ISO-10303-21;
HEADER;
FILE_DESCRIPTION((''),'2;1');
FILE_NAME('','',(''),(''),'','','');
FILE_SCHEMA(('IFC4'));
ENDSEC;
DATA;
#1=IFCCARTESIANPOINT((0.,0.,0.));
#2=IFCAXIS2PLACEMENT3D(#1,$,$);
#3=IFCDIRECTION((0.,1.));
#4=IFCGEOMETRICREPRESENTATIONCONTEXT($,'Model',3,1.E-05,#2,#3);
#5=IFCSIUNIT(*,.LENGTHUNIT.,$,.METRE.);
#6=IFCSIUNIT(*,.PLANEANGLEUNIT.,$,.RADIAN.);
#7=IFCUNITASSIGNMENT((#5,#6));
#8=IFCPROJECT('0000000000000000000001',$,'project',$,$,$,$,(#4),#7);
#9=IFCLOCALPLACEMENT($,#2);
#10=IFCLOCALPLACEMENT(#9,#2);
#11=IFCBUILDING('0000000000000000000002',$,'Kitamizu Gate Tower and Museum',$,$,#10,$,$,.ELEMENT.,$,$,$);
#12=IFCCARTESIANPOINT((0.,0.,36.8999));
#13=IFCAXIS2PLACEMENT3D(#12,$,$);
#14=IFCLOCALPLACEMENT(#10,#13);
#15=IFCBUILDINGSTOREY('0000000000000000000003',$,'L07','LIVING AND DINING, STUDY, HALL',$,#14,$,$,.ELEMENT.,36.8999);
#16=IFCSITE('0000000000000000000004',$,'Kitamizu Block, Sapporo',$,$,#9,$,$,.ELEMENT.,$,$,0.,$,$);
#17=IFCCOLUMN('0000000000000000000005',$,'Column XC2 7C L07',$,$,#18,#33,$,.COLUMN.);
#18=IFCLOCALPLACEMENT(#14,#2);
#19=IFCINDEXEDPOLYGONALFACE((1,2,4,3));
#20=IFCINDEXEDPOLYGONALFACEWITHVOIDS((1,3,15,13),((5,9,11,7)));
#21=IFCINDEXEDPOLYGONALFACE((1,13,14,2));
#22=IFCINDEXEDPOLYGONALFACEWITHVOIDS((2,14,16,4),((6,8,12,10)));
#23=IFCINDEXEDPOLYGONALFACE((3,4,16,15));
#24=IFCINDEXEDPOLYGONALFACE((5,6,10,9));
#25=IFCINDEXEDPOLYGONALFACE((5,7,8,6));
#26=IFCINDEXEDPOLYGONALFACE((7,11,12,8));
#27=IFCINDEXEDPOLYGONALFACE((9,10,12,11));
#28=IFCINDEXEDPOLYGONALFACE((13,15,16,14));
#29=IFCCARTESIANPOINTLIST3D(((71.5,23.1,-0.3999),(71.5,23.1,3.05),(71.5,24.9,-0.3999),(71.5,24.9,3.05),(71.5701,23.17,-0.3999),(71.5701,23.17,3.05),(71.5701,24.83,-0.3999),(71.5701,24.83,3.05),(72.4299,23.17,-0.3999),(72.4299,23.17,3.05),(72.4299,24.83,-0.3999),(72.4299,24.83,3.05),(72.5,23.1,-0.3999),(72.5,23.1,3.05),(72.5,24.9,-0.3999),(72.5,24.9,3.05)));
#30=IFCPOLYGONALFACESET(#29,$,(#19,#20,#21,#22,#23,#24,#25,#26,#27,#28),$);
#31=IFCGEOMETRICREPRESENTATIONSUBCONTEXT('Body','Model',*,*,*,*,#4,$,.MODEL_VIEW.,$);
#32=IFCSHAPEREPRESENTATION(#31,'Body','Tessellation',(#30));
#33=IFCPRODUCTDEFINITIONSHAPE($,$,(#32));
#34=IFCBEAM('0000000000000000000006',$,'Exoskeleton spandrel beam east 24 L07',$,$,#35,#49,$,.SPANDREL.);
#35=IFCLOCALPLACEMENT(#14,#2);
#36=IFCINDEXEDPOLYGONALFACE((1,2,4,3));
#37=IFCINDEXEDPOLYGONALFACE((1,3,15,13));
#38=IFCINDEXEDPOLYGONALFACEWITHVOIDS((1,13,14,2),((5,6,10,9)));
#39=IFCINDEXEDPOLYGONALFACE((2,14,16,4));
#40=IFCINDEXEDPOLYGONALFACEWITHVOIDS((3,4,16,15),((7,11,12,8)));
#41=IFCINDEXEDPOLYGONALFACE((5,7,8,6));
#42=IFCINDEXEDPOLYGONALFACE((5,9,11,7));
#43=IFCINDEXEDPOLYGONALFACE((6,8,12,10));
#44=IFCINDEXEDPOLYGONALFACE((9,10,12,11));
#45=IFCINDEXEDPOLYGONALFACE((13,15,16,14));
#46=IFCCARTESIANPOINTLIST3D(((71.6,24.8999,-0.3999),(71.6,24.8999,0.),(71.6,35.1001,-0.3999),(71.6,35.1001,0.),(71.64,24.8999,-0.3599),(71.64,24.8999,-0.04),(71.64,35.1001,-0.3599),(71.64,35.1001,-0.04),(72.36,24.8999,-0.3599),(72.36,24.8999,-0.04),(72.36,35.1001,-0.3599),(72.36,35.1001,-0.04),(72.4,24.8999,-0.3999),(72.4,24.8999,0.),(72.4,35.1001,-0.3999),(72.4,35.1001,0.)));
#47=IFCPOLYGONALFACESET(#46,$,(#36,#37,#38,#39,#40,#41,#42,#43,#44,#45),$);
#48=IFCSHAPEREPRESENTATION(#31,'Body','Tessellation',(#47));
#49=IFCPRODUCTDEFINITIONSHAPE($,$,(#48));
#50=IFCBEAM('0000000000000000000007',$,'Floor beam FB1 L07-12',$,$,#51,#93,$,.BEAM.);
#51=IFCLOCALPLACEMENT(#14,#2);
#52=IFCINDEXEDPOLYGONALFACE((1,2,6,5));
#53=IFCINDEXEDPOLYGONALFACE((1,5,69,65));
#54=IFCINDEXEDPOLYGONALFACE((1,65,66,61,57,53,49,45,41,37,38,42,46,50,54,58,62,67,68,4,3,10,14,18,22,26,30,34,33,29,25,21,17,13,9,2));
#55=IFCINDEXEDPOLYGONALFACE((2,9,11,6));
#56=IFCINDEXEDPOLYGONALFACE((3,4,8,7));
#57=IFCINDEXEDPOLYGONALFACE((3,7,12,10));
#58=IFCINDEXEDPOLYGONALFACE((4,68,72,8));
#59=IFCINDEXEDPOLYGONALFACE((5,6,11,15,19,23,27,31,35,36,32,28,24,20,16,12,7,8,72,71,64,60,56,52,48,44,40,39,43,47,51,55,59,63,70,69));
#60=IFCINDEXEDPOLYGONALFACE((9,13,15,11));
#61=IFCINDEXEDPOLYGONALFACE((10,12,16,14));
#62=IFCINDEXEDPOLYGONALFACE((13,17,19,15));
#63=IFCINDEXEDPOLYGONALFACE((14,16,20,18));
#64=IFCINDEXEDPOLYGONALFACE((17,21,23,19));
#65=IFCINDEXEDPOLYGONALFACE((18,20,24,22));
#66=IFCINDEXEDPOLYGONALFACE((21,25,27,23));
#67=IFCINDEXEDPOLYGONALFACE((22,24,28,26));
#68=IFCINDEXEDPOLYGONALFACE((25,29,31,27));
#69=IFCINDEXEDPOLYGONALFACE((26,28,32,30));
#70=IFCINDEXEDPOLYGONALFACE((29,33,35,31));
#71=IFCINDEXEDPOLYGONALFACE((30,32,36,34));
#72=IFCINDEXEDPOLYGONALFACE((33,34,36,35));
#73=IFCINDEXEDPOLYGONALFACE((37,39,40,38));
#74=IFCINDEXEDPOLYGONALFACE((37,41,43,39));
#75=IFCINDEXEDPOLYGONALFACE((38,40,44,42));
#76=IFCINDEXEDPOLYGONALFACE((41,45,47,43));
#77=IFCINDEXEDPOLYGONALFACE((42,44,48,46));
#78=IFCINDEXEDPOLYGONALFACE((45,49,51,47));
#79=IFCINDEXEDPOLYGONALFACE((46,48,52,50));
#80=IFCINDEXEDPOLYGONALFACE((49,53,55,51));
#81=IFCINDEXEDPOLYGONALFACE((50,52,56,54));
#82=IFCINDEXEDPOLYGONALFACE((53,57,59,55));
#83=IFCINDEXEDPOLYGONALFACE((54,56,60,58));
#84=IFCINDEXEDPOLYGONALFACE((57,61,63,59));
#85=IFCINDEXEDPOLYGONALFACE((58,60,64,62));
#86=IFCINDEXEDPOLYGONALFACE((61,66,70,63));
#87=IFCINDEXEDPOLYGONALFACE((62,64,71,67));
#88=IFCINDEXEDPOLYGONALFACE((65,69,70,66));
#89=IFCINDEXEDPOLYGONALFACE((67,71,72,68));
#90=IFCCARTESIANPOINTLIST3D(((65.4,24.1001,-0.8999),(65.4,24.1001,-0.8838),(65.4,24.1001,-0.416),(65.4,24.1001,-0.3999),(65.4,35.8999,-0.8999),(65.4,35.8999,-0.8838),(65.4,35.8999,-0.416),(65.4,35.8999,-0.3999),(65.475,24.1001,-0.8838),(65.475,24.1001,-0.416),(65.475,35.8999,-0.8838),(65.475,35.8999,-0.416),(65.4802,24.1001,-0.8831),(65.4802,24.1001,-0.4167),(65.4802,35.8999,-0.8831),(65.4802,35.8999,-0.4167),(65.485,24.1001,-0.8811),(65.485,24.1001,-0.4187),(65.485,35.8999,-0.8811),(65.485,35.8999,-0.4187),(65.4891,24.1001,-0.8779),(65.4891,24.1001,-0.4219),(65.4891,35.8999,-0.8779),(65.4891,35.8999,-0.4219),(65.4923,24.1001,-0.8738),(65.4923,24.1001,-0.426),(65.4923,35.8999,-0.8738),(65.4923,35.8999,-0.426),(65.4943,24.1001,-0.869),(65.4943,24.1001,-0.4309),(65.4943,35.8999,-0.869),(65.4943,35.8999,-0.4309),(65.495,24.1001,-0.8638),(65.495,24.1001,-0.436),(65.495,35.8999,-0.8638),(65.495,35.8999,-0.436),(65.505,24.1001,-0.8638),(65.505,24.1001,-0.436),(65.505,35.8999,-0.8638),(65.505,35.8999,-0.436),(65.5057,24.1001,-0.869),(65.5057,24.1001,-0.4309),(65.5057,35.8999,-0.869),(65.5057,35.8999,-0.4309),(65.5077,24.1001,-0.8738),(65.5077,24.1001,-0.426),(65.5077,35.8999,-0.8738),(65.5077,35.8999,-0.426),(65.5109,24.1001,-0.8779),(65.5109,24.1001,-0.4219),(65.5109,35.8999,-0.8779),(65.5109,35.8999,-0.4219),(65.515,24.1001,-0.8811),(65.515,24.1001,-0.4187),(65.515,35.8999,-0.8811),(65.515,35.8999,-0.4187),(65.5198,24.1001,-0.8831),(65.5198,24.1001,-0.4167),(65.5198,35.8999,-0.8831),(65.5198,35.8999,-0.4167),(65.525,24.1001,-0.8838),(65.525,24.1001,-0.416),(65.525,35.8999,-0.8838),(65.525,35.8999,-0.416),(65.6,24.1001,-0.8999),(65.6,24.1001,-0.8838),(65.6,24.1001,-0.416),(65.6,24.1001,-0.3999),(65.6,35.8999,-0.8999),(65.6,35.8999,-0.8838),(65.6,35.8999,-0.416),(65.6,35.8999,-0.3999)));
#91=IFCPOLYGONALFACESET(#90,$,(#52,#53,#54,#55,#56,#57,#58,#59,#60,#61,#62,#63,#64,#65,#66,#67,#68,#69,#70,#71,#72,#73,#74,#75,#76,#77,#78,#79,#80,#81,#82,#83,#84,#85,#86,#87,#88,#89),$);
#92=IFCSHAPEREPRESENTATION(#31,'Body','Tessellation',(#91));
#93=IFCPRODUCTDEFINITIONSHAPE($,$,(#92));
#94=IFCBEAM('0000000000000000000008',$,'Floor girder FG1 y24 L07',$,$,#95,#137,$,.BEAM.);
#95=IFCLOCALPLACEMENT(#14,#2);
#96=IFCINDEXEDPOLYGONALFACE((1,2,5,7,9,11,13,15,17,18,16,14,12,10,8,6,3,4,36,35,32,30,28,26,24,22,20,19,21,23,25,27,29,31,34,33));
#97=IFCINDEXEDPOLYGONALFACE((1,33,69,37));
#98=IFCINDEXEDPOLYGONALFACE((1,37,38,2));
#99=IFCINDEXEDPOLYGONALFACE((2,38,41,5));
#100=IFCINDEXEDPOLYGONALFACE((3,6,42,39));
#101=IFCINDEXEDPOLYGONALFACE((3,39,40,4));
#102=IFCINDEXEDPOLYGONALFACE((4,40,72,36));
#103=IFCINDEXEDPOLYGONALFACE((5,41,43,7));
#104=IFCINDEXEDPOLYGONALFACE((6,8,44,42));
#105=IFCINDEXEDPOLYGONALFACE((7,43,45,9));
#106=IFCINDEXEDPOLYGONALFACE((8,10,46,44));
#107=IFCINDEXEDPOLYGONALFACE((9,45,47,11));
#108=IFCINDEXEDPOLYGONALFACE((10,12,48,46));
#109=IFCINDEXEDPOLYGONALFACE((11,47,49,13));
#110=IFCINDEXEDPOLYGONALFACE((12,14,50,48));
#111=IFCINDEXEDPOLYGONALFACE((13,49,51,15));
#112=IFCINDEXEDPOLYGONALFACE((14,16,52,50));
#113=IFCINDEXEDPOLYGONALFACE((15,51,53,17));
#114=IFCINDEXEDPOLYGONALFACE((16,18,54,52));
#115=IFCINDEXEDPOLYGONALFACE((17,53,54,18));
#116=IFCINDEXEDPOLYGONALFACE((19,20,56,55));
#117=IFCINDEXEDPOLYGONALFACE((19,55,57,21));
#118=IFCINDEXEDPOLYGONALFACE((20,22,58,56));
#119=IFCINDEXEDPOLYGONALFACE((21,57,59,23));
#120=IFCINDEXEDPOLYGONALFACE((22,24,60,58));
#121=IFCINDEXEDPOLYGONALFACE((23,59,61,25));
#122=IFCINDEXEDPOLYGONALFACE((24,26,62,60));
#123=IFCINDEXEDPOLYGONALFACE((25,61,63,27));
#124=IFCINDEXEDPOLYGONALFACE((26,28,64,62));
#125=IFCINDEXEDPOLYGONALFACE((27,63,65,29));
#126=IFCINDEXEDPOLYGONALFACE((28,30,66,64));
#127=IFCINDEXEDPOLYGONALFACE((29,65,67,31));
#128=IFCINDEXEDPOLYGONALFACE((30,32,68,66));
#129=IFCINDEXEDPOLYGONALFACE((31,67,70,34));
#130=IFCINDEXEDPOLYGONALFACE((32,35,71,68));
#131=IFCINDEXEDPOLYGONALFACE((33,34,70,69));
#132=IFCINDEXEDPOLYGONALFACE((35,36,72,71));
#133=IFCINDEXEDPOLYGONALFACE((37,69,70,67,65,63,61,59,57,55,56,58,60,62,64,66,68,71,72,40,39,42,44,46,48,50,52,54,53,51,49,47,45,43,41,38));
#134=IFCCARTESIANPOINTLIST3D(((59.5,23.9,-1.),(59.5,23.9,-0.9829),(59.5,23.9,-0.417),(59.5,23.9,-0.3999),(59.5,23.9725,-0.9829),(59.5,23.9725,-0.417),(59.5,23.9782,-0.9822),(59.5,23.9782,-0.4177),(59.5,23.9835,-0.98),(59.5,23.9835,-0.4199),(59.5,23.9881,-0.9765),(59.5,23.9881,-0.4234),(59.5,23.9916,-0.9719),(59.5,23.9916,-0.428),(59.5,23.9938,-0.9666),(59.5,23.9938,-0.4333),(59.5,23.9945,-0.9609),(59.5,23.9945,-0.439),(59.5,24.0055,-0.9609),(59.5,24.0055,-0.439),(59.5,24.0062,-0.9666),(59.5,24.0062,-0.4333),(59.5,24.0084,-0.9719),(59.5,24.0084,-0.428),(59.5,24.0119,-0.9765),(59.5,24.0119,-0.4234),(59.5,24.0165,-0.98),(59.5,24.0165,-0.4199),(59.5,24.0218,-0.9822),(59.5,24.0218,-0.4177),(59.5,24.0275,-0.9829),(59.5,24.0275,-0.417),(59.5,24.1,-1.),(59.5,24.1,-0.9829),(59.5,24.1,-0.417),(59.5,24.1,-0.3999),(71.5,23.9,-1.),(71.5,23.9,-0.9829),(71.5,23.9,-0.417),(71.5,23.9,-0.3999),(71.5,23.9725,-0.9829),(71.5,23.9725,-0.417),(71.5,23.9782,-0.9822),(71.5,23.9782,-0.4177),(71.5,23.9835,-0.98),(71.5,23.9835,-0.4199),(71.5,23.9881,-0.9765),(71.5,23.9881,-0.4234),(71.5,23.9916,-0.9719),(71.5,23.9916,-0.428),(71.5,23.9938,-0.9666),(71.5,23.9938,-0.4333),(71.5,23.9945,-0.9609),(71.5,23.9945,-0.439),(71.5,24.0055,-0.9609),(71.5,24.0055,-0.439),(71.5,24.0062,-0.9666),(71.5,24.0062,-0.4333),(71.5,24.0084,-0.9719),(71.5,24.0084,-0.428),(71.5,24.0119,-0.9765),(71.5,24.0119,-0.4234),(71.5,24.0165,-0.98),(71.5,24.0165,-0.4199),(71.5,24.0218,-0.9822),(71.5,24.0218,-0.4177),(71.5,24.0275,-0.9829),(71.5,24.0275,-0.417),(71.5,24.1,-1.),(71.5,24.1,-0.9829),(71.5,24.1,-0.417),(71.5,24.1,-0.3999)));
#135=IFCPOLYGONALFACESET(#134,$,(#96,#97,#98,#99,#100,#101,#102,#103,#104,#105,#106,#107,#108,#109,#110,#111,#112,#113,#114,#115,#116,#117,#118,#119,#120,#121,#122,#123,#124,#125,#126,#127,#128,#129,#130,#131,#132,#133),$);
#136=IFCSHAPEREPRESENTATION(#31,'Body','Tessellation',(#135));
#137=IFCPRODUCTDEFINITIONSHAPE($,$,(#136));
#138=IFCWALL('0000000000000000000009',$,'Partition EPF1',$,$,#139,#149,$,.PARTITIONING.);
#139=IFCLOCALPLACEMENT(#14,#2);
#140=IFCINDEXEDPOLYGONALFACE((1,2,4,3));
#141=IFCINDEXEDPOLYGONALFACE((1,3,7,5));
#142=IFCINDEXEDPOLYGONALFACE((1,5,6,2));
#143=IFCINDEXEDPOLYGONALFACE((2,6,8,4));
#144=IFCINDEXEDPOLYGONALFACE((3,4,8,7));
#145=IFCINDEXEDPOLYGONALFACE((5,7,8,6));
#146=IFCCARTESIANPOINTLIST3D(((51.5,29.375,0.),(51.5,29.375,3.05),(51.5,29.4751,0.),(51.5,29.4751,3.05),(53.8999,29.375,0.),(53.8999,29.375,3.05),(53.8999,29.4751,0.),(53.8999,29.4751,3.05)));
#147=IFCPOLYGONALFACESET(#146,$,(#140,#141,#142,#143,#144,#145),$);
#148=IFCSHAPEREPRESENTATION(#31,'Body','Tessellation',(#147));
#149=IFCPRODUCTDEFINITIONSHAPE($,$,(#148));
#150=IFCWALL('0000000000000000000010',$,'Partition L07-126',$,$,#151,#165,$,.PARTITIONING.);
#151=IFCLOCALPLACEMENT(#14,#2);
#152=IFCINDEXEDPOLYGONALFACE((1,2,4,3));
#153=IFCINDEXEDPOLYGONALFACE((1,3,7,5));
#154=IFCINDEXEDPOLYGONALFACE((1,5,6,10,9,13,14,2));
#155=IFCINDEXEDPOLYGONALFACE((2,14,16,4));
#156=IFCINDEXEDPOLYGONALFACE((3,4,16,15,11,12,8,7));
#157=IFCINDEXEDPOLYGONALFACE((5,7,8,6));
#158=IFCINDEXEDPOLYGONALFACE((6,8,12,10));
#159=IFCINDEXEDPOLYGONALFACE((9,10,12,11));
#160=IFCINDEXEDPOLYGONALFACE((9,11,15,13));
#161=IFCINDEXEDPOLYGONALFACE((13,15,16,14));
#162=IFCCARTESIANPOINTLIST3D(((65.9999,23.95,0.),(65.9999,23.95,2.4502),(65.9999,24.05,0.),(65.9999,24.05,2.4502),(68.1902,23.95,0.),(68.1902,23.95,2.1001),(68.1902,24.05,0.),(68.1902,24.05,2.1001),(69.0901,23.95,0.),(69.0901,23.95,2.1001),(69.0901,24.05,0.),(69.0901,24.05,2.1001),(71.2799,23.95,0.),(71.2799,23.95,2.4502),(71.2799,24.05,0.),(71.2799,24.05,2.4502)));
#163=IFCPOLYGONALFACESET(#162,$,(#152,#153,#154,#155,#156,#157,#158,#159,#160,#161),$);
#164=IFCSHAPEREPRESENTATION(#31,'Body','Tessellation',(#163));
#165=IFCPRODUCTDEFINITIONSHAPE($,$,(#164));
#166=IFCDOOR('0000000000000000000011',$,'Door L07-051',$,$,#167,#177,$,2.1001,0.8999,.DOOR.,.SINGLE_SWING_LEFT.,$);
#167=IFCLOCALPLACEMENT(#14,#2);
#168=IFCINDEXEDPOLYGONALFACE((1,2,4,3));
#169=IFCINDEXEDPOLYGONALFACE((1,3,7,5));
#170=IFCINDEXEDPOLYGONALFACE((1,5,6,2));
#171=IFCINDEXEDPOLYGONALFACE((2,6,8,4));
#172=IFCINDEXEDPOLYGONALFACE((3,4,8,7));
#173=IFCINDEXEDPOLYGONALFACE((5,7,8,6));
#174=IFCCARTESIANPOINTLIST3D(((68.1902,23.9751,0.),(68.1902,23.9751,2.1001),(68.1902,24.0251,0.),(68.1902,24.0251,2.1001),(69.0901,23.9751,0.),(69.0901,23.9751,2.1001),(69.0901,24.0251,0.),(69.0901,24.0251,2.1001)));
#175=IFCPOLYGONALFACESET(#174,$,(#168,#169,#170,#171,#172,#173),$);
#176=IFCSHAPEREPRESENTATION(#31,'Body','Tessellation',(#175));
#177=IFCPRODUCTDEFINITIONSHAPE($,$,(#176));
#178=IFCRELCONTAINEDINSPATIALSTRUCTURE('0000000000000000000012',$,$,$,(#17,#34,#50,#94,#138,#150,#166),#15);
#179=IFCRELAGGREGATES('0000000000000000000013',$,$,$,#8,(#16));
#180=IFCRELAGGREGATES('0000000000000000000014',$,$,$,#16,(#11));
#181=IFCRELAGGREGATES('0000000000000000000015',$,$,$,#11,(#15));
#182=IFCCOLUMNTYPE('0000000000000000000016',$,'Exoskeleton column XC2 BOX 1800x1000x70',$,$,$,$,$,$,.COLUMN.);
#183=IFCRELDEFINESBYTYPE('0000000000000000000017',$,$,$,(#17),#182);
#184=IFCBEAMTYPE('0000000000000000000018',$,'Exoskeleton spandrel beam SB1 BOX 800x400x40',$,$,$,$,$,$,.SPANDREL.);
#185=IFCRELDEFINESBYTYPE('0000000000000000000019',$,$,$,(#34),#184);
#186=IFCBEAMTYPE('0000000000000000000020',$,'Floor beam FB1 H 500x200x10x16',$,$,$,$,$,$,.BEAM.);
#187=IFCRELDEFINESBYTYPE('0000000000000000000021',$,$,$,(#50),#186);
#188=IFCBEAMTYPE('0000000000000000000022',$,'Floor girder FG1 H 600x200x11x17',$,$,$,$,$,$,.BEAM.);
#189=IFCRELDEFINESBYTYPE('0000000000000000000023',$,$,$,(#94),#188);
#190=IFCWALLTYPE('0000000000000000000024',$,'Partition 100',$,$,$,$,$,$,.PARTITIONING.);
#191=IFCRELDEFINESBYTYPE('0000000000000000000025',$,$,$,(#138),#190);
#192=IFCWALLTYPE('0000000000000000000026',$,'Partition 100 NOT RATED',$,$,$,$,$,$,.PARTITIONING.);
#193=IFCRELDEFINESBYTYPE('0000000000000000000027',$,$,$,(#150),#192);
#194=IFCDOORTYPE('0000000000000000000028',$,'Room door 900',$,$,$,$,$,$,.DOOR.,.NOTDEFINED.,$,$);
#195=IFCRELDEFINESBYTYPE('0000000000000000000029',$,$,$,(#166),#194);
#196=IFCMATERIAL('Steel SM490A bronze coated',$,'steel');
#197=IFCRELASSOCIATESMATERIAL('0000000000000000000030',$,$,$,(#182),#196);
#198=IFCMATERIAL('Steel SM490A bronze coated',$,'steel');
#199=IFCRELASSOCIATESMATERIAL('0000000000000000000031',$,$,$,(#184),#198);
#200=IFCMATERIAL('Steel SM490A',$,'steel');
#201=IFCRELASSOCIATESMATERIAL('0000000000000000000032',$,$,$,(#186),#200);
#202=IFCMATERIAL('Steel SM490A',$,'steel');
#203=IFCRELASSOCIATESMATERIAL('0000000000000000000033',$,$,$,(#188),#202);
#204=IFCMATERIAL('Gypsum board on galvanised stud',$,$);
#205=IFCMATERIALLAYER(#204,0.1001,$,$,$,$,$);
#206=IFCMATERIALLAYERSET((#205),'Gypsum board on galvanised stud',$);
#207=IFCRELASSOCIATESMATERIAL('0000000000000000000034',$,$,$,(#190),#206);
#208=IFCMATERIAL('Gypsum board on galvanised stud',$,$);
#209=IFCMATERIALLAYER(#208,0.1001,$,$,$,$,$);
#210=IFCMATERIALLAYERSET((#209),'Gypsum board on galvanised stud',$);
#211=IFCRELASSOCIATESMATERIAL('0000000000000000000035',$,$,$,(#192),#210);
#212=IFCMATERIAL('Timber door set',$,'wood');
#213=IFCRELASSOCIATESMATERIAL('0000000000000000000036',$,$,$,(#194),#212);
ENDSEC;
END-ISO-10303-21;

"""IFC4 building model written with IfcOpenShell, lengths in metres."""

from ifc_helpers import new_model, si_unit, direction, frame, frame_2d, origin, origin_2d, place, context, subcontext, project, spatial, rectangle, hollow_rectangle, i_section, extrude, material, layer, layer_set, material_profile, profile_set, type_object, element, fill, save


model = new_model("IFC4")

# Units and contexts
model_context = context("Model", 3, precision=1e-05, world=origin(), true_north=direction((0.0, 1.0)))
body_context = subcontext(model_context, "Body", "Model", "MODEL_VIEW")
ifc_project = project(units=[si_unit("LENGTHUNIT", "METRE"), si_unit("PLANEANGLEUNIT", "RADIAN")], contexts=[model_context])

# Site, building, storey
site_placement = place(None, origin())
site = spatial("IfcSite", under=ifc_project, at=site_placement, Name="Kitamizu Block, Sapporo", CompositionType="ELEMENT", RefElevation=0.0)
building_placement = place(site_placement, origin())
building = spatial("IfcBuilding", under=site, at=building_placement, Name="Kitamizu Gate Tower and Museum", CompositionType="ELEMENT")
storey_placement = place(building_placement, frame((0.0, 0.0, 36.8999)))
storey = spatial("IfcBuildingStorey", under=building, at=storey_placement, Name="L07", Description="LIVING AND DINING, STUDY, HALL", CompositionType="ELEMENT", Elevation=36.8999)

# Column
ifc_material_1 = material(Name="Steel SM490A bronze coated", Category="steel")
ifc_material_profile_1 = material_profile(ifc_material_1, hollow_rectangle(XDim=1.8, YDim=1.0, WallThickness=0.0701, at=origin_2d()), Name="BOX 1800x1000x70")
ifc_profile_set_1 = profile_set([ifc_material_profile_1], Name="Steel SM490A bronze coated")
column_type = type_object("IfcColumnType", Name="Exoskeleton column XC2 BOX 1800x1000x70", PredefinedType="COLUMN", material=ifc_profile_set_1)
column_placement = place(storey_placement, frame((72.0, 24.0, -0.3999), z_axis=(0.0, 0.0, 1.0), x_axis=(0.0, 1.0, 0.0)))
element("IfcColumn", 1, at=column_placement, inside=storey, type_object=column_type, Name="Column XC2 7C L07", PredefinedType="COLUMN", context=body_context, shape_type="SweptSolid", body=[
    extrude(hollow_rectangle(XDim=1.8, YDim=1.0, WallThickness=0.0701, at=origin_2d()), origin(), (0.0, 0.0, 1.0), 3.45),
])

# Beams
ifc_material_2 = material(Name="Steel SM490A bronze coated", Category="steel")
ifc_material_profile_2 = material_profile(ifc_material_2, hollow_rectangle(XDim=0.8, YDim=0.3999, WallThickness=0.04, at=origin_2d()), Name="BOX 800x400x40")
ifc_profile_set_2 = profile_set([ifc_material_profile_2], Name="Steel SM490A bronze coated")
beam_type_1 = type_object("IfcBeamType", Name="Exoskeleton spandrel beam SB1 BOX 800x400x40", PredefinedType="SPANDREL", material=ifc_profile_set_2)
beam_1_placement = place(storey_placement, frame((72.0, 24.8999, -0.2), z_axis=(0.0, 1.0, 0.0), x_axis=(-1.0, 0.0, 0.0)))
element("IfcBeam", 2, at=beam_1_placement, inside=storey, type_object=beam_type_1, Name="Exoskeleton spandrel beam east 24 L07", PredefinedType="SPANDREL", context=body_context, shape_type="SweptSolid", body=[
    extrude(hollow_rectangle(XDim=0.8, YDim=0.3999, WallThickness=0.04, at=origin_2d()), origin(), (0.0, 0.0, 1.0), 10.2002),
])
ifc_material_3 = material(Name="Steel SM490A", Category="steel")
ifc_material_profile_3 = material_profile(ifc_material_3, i_section(OverallWidth=0.2, OverallDepth=0.5, WebThickness=0.01, FlangeThickness=0.0161, FilletRadius=0.02, at=origin_2d()), Name="H-500x200x10x16")
ifc_profile_set_3 = profile_set([ifc_material_profile_3], Name="Steel SM490A")
beam_type_2 = type_object("IfcBeamType", Name="Floor beam FB1 H 500x200x10x16", PredefinedType="BEAM", material=ifc_profile_set_3)
beam_2_placement = place(storey_placement, frame((65.5, 24.1001, -0.6499), z_axis=(0.0, 1.0, 0.0), x_axis=(-1.0, 0.0, 0.0)))
element("IfcBeam", 3, at=beam_2_placement, inside=storey, type_object=beam_type_2, Name="Floor beam FB1 L07-12", PredefinedType="BEAM", context=body_context, shape_type="SweptSolid", body=[
    extrude(i_section(OverallWidth=0.2, OverallDepth=0.5, WebThickness=0.01, FlangeThickness=0.0161, FilletRadius=0.02, at=origin_2d()), origin(), (0.0, 0.0, 1.0), 11.7998),
])
ifc_material_4 = material(Name="Steel SM490A", Category="steel")
ifc_material_profile_4 = material_profile(ifc_material_4, i_section(OverallWidth=0.2, OverallDepth=0.6001, WebThickness=0.011, FlangeThickness=0.0171, FilletRadius=0.022, at=origin_2d()), Name="H-600x200x11x17")
ifc_profile_set_4 = profile_set([ifc_material_profile_4], Name="Steel SM490A")
beam_type_3 = type_object("IfcBeamType", Name="Floor girder FG1 H 600x200x11x17", PredefinedType="BEAM", material=ifc_profile_set_4)
beam_3_placement = place(storey_placement, frame((59.5, 24.0, -0.7), z_axis=(1.0, 0.0, 0.0), x_axis=(0.0, 1.0, 0.0)))
element("IfcBeam", 4, at=beam_3_placement, inside=storey, type_object=beam_type_3, Name="Floor girder FG1 y24 L07", PredefinedType="BEAM", context=body_context, shape_type="SweptSolid", body=[
    extrude(i_section(OverallWidth=0.2, OverallDepth=0.6001, WebThickness=0.011, FlangeThickness=0.0171, FilletRadius=0.022, at=origin_2d()), origin(), (0.0, 0.0, 1.0), 12.0),
])

# Wall
ifc_material_5 = material(Name="Gypsum board on galvanised stud")
ifc_layer_1 = layer(ifc_material_5, 0.1001)
ifc_layer_set_1 = layer_set([ifc_layer_1], Name="Gypsum board on galvanised stud")
wall_type_1 = type_object("IfcWallType", Name="Partition 100", PredefinedType="PARTITIONING", material=ifc_layer_set_1)
wall_1_placement = place(storey_placement, frame((53.8999, 29.425, 0.0), z_axis=(0.0, 0.0, 1.0), x_axis=(-1.0, 0.0, 0.0)))
element("IfcWall", 5, at=wall_1_placement, inside=storey, type_object=wall_type_1, Name="Partition EPF1", PredefinedType="PARTITIONING", context=body_context, shape_type="SweptSolid", body=[
    extrude(rectangle(XDim=2.3999, YDim=0.1001, at=frame_2d((1.2, 0.0))), origin(), (0.0, 0.0, 1.0), 3.05),
])

# Wall, opening, door
ifc_material_6 = material(Name="Gypsum board on galvanised stud")
ifc_layer_2 = layer(ifc_material_6, 0.1001)
ifc_layer_set_2 = layer_set([ifc_layer_2], Name="Gypsum board on galvanised stud")
wall_type_2 = type_object("IfcWallType", Name="Partition 100 NOT RATED", PredefinedType="PARTITIONING", material=ifc_layer_set_2)
wall_2_placement = place(storey_placement, frame((71.28, 24.0, 0.0), z_axis=(0.0, 0.0, 1.0), x_axis=(-1.0, 0.0, 0.0)))
wall_2 = element("IfcWall", 6, at=wall_2_placement, inside=storey, type_object=wall_type_2, Name="Partition L07-126", PredefinedType="PARTITIONING", context=body_context, shape_type="SweptSolid", body=[
    extrude(rectangle(XDim=5.28, YDim=0.1001, at=frame_2d((2.6401, 0.0))), origin(), (0.0, 0.0, 1.0), 2.4502),
])
opening_1_placement = place(wall_2_placement, frame((2.1899, 0.0, 0.0)))
opening_1 = element("IfcOpeningElement", 7, at=opening_1_placement, cuts=wall_2, PredefinedType="OPENING", context=body_context, shape_type="SweptSolid", body=[
    extrude(rectangle(XDim=0.8999, YDim=2.1001, at=frame_2d((0.45, 1.05))), frame((0.0, 0.0601, 0.0), z_axis=(0.0, -1.0, 0.0), x_axis=(1.0, 0.0, 0.0)), (0.0, 0.0, 1.0), 0.1201),
])
ifc_material_7 = material(Name="Timber door set", Category="wood")
door_type_1 = type_object("IfcDoorType", Name="Room door 900", OperationType="NOTDEFINED", PredefinedType="DOOR", material=ifc_material_7)
door_1_placement = place(opening_1_placement, origin())
door_1 = element("IfcDoor", 8, at=door_1_placement, inside=storey, type_object=door_type_1, Name="Door L07-051", OperationType="SINGLE_SWING_LEFT", OverallHeight=2.1001, OverallWidth=0.8999, PredefinedType="DOOR", context=body_context, shape_type="SweptSolid", body=[
    extrude(rectangle(XDim=0.8999, YDim=2.1001, at=frame_2d((0.45, 1.05))), frame((0.0, 0.0249, 0.0), z_axis=(0.0, -1.0, 0.0), x_axis=(1.0, 0.0, 0.0)), (0.0, 0.0, 1.0), 0.05),
])
fill(opening_1, door_1)

save(model, "model.ifc")
